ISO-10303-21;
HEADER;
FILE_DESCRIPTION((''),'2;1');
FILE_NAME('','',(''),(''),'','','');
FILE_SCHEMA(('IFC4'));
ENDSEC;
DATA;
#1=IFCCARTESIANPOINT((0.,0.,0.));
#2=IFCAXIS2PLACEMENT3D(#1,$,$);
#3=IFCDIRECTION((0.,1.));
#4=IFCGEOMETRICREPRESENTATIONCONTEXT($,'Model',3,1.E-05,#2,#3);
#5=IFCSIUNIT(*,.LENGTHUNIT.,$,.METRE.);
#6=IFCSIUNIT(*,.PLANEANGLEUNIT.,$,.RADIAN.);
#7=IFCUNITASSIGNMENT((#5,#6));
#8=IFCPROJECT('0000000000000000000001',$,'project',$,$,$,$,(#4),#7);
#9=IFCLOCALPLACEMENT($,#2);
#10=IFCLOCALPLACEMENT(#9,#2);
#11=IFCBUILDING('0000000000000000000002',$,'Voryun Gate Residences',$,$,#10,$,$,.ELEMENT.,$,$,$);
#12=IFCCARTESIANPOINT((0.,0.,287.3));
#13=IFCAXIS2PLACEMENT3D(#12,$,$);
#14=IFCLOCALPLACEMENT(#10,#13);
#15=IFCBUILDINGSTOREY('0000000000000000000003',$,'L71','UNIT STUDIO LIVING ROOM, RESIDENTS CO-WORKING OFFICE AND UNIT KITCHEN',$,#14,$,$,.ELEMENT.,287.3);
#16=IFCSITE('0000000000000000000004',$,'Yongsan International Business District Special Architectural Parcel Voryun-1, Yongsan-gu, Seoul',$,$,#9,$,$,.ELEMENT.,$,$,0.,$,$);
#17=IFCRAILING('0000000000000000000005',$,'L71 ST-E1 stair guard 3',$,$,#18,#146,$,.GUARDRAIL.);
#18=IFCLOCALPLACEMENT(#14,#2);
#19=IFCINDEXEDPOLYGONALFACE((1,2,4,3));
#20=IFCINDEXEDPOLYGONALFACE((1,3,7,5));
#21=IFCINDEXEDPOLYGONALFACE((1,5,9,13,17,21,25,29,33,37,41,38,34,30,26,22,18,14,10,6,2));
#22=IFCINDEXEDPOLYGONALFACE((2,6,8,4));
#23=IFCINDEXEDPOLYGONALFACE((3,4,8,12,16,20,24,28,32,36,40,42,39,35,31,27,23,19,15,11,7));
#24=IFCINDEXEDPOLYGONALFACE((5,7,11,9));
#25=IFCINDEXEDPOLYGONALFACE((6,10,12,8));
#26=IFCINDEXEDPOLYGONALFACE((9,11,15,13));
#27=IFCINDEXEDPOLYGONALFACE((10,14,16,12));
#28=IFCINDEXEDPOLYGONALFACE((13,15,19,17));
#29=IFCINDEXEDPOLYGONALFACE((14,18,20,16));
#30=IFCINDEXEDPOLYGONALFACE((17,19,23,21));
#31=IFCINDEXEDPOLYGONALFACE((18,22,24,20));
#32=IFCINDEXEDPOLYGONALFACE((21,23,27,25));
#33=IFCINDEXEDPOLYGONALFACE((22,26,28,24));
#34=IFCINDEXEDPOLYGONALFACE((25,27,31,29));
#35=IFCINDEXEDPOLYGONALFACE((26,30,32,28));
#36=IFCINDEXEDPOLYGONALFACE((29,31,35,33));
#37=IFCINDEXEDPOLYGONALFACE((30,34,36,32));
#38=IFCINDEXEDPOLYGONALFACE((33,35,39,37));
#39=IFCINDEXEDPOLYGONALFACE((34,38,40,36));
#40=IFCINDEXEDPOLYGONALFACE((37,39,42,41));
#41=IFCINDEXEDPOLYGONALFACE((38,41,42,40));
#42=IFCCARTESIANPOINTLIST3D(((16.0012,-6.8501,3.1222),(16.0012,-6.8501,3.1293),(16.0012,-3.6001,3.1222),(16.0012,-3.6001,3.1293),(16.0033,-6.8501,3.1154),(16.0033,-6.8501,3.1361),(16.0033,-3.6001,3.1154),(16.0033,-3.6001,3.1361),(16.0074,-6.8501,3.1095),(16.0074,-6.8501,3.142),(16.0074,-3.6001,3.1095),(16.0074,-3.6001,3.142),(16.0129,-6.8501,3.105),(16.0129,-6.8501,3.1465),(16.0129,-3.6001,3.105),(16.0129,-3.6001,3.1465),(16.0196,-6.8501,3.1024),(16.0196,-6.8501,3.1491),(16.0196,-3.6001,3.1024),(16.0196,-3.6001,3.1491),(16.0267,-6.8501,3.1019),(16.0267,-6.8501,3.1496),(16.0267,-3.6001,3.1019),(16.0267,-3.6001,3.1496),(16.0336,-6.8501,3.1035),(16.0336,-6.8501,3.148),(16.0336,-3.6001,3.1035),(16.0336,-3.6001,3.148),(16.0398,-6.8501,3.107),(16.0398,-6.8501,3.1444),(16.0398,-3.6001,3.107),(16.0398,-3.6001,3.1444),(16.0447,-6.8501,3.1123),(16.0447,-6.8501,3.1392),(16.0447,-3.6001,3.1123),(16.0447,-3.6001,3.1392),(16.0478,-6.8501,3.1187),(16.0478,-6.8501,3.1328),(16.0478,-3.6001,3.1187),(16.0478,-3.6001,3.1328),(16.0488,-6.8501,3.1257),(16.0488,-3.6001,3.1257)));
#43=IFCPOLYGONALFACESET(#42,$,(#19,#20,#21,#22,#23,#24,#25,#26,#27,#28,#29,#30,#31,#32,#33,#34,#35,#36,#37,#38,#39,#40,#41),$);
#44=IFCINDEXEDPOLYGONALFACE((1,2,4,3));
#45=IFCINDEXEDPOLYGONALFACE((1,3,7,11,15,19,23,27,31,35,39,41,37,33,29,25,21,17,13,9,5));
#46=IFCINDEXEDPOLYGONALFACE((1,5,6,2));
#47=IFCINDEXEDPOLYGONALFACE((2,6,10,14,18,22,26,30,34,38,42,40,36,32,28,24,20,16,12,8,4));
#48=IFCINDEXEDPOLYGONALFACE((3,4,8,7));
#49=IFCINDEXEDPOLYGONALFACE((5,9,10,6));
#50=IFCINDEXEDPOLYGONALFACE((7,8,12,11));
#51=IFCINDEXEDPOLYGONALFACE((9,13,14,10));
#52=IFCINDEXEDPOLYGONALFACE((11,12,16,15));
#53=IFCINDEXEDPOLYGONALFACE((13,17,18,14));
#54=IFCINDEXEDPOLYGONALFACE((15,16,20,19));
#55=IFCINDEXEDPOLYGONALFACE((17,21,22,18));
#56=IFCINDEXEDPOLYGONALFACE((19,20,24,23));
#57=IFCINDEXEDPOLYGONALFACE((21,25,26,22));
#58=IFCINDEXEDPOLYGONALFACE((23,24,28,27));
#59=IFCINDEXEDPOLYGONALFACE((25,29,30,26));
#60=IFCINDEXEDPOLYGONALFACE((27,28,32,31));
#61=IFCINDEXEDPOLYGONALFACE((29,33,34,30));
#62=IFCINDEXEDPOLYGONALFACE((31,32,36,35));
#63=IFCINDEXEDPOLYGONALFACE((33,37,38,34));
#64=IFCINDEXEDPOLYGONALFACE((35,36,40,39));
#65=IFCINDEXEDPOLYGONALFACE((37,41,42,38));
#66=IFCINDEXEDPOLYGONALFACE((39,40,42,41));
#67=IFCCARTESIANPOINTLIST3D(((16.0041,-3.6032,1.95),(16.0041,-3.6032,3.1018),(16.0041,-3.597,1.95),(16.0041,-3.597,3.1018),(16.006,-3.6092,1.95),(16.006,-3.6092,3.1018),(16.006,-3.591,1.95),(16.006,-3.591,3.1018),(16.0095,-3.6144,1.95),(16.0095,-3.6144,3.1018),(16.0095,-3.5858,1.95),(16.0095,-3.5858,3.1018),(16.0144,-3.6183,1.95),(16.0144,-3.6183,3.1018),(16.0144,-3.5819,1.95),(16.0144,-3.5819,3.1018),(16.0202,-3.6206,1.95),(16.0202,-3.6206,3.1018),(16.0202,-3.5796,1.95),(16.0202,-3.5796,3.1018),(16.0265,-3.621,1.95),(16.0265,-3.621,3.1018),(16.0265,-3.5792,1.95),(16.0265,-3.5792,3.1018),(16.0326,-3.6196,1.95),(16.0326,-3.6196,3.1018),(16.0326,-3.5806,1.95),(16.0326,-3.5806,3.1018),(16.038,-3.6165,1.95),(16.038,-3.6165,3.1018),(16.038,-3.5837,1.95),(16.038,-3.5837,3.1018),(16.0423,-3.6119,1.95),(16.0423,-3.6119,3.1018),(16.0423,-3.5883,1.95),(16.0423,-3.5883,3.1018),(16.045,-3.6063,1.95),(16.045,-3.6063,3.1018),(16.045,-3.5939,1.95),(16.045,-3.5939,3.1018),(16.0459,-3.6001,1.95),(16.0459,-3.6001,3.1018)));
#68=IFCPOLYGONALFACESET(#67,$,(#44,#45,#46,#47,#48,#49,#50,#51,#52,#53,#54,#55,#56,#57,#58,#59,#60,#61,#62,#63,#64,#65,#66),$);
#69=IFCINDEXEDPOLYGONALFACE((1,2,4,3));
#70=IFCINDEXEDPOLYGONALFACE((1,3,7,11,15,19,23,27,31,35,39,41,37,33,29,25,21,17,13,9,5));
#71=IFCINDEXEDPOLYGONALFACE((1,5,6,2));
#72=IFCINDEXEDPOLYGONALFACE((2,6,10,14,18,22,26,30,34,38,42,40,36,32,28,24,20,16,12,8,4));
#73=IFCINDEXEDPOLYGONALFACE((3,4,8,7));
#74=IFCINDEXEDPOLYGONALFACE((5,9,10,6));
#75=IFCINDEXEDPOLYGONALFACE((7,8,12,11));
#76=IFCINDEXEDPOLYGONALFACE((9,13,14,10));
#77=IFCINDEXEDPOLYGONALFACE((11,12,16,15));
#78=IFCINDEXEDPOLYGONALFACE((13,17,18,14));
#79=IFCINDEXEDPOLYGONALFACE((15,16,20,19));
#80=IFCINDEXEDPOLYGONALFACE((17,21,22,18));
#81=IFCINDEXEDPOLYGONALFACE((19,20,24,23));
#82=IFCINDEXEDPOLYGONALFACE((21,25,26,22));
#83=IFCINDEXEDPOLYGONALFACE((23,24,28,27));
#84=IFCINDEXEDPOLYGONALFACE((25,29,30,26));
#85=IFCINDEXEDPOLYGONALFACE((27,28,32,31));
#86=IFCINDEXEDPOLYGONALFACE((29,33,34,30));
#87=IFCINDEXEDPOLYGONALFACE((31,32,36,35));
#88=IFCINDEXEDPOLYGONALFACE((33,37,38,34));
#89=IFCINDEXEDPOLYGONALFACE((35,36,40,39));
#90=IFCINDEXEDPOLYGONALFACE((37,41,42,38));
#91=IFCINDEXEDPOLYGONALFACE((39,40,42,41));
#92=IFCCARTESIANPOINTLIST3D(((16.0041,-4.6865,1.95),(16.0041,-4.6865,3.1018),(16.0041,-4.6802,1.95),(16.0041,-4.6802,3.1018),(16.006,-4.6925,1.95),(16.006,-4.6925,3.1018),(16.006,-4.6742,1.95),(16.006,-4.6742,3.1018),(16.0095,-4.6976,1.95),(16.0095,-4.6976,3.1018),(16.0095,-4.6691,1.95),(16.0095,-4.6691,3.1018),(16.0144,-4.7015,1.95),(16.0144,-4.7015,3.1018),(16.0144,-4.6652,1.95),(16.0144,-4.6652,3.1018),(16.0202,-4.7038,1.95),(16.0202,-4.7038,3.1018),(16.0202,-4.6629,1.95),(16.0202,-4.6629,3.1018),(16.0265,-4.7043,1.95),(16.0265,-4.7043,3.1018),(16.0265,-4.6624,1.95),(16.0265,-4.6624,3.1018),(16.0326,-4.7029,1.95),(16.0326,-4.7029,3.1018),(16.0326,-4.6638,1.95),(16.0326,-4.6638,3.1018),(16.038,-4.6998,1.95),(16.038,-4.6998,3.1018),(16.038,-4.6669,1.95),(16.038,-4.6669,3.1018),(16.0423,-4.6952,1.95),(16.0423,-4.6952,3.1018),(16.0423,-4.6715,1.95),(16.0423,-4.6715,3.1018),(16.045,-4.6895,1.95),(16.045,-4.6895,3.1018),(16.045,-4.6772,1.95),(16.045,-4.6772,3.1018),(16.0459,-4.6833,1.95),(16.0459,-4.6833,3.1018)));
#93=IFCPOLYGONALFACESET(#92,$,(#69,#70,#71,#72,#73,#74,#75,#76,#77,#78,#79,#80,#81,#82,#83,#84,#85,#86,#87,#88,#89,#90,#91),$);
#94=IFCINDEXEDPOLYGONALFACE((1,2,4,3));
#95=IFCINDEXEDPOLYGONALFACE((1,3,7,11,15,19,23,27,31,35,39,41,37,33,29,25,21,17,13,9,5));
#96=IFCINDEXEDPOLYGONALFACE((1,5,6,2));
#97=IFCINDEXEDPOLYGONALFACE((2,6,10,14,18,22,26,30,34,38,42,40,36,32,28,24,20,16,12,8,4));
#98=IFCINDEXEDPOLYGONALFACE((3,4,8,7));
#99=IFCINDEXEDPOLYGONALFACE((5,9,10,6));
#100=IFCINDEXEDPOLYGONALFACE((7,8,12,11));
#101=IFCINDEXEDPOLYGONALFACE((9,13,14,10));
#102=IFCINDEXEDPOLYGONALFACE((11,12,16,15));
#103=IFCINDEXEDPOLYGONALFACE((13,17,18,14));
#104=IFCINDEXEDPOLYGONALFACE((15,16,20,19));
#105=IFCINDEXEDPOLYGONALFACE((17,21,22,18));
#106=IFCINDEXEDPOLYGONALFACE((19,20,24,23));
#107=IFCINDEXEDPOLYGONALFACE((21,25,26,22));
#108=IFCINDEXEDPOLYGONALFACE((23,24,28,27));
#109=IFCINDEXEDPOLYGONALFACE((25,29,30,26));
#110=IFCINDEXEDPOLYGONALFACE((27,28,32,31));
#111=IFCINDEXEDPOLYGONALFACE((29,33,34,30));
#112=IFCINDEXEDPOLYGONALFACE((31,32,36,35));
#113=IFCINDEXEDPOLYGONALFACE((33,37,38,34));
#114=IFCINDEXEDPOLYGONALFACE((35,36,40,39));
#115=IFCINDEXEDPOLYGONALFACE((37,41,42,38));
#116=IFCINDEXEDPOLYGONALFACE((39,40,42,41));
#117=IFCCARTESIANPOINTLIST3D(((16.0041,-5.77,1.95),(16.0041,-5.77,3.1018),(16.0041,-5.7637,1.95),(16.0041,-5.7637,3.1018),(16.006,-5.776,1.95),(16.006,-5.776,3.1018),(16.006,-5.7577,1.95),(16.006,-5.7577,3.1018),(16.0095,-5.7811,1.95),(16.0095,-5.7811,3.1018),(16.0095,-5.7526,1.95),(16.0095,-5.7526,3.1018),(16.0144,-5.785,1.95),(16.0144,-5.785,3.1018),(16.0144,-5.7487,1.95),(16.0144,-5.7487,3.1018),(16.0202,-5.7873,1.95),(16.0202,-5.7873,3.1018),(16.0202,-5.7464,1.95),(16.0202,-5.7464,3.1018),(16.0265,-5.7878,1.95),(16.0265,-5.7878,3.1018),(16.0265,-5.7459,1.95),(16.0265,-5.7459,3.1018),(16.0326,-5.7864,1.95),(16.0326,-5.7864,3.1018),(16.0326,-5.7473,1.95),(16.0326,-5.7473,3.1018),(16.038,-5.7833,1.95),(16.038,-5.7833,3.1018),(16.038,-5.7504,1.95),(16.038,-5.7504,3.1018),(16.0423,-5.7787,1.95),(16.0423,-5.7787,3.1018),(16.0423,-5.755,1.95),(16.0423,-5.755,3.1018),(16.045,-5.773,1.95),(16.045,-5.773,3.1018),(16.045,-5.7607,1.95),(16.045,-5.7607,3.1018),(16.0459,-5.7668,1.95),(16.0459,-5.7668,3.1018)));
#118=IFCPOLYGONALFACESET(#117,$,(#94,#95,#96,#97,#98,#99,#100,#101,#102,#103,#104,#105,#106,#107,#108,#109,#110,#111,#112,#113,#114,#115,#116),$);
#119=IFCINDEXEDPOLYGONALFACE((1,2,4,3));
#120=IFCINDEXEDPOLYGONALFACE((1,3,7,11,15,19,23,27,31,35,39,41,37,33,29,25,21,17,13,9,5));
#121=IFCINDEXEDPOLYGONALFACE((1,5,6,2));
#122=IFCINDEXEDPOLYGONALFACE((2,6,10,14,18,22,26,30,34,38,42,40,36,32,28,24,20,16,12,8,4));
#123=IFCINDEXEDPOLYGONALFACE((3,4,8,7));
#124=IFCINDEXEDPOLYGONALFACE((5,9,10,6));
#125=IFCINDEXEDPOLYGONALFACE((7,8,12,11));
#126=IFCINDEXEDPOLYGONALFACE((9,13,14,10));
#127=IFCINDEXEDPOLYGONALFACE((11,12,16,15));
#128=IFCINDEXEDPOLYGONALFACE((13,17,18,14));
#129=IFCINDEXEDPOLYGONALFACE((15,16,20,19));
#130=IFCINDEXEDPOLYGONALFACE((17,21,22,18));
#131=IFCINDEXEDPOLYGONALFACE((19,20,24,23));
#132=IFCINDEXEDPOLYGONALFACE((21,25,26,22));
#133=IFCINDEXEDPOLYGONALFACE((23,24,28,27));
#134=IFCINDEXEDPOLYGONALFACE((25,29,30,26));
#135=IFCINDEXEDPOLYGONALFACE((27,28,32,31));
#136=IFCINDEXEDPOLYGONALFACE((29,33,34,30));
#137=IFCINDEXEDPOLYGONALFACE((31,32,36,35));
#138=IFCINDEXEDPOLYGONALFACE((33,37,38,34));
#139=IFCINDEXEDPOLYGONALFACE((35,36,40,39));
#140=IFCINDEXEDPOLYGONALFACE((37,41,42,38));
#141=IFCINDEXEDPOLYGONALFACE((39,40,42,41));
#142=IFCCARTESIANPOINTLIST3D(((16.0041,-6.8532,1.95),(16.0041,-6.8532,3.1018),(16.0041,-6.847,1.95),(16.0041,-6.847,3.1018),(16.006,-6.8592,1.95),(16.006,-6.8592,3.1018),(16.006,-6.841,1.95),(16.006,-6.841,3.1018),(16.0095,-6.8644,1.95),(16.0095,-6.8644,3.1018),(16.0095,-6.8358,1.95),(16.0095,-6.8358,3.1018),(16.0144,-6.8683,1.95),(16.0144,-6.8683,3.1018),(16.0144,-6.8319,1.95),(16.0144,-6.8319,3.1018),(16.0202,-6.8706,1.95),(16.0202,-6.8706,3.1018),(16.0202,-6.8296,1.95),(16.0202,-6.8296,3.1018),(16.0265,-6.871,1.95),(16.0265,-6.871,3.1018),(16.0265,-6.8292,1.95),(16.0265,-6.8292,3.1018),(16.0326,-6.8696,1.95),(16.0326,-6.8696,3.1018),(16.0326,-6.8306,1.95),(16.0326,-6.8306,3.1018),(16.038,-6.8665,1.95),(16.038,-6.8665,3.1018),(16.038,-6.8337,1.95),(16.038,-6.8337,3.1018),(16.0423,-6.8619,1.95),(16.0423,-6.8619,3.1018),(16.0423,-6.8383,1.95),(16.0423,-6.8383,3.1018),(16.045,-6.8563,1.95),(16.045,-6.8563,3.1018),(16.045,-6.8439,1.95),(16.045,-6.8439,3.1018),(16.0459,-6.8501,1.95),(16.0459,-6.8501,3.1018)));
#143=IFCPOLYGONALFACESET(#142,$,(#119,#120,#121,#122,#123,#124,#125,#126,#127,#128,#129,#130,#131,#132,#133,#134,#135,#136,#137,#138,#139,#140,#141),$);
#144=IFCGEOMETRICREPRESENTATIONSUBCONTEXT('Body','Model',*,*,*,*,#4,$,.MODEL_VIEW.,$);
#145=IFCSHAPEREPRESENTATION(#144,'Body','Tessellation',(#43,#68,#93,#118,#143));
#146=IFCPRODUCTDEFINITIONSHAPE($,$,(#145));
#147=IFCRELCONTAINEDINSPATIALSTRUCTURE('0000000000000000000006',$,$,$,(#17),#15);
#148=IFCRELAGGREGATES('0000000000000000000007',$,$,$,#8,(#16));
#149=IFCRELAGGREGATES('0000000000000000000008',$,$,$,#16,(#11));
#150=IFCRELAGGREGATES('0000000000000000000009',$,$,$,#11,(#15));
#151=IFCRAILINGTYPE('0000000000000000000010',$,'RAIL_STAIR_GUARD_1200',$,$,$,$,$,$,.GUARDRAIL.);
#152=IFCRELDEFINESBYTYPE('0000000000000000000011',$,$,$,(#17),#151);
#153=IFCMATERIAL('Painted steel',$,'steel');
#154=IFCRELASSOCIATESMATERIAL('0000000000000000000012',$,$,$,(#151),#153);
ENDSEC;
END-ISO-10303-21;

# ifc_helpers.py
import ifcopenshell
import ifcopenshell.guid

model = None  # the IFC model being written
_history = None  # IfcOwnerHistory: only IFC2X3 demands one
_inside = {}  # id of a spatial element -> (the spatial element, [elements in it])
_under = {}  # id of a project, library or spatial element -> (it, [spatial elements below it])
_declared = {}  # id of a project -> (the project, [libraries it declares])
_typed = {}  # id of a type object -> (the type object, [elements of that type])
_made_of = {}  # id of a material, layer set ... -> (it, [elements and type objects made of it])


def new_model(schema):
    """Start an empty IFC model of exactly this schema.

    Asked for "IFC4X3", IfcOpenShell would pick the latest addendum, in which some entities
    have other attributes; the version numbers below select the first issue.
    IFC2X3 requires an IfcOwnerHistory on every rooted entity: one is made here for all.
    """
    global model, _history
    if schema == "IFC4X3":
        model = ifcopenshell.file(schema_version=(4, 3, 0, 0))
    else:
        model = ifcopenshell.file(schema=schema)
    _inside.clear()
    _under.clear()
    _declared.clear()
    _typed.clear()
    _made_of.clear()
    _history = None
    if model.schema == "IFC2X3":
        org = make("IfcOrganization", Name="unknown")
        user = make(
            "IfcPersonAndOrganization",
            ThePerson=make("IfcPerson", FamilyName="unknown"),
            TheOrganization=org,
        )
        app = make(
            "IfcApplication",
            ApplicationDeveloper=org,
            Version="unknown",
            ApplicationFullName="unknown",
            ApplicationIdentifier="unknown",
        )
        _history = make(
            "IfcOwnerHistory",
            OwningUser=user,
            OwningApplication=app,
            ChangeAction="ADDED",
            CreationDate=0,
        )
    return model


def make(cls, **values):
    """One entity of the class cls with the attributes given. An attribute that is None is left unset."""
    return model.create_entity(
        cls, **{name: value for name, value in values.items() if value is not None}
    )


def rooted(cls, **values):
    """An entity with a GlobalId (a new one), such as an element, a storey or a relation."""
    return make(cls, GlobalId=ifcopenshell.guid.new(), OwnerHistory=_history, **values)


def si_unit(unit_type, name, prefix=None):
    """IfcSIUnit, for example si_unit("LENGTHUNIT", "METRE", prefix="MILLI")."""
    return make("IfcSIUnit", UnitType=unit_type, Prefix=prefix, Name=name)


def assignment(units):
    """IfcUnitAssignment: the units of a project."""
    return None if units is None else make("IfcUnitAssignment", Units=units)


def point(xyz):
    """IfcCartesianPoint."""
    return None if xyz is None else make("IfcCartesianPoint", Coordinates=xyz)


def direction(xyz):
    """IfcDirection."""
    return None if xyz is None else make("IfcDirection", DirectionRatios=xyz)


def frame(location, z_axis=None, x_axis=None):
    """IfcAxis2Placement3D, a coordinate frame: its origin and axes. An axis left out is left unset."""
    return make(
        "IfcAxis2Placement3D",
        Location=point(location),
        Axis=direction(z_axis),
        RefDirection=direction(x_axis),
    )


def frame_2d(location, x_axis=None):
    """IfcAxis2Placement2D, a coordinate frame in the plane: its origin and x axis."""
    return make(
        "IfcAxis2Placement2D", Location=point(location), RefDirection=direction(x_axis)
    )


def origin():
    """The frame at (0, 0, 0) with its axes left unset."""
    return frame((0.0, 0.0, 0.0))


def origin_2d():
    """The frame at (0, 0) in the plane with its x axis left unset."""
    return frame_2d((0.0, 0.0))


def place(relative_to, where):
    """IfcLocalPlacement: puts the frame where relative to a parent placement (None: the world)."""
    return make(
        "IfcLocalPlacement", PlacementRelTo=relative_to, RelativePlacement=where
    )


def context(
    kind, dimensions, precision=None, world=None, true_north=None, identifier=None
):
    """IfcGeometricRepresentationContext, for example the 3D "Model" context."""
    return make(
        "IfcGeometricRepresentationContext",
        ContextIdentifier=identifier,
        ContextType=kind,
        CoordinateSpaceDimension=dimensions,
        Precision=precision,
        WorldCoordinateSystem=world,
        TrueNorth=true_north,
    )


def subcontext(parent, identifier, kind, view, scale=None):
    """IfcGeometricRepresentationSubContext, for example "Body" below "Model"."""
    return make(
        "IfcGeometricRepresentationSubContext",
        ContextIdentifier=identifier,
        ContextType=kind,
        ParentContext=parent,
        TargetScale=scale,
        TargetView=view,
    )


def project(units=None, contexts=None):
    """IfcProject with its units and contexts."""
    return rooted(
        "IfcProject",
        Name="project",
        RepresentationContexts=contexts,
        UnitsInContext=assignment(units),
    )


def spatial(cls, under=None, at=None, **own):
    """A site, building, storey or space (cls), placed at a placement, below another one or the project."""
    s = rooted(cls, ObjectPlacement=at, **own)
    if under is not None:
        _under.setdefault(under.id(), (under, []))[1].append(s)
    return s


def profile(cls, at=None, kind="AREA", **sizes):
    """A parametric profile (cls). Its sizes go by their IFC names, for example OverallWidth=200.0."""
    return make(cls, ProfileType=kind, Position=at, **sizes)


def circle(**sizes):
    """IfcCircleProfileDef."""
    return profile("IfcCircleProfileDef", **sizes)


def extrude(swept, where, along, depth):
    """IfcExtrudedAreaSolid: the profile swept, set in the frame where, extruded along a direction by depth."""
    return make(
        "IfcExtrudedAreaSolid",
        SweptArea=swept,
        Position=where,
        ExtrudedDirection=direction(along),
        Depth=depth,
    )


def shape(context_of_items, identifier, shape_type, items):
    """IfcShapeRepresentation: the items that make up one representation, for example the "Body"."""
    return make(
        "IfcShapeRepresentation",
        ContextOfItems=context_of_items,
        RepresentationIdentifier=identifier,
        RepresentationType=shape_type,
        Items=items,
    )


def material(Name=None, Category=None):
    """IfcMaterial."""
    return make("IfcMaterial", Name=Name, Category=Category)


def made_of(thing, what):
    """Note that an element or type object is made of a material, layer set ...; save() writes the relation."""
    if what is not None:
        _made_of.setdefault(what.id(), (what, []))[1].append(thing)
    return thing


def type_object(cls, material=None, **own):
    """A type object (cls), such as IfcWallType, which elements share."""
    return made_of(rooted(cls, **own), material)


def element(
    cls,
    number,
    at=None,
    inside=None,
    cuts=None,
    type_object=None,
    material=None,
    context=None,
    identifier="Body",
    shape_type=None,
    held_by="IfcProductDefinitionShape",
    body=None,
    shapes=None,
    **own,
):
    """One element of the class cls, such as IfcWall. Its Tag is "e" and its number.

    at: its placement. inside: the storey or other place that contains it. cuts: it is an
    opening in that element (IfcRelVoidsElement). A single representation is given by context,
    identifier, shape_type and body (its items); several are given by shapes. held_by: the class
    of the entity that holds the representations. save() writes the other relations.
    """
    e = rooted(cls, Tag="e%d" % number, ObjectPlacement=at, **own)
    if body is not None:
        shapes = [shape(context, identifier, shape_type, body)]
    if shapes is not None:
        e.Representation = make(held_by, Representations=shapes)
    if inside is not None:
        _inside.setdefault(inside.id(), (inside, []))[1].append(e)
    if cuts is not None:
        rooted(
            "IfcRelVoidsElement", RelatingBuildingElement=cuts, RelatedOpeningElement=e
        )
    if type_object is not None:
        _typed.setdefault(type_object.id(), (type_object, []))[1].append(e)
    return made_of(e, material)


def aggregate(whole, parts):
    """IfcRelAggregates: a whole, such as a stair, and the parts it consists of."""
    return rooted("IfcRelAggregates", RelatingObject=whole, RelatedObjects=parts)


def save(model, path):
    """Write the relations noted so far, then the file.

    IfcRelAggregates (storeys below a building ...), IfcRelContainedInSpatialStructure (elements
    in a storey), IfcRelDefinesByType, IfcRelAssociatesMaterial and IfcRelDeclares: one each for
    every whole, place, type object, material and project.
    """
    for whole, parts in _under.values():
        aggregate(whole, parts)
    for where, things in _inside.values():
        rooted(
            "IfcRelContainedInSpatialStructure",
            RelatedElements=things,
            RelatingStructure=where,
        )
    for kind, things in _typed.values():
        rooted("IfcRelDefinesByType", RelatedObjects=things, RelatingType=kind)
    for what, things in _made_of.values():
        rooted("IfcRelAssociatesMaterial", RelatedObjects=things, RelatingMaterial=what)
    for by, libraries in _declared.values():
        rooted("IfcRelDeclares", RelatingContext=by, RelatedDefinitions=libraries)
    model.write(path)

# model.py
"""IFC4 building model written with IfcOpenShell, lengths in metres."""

from ifc_helpers import new_model, si_unit, direction, frame, origin, origin_2d, place, context, subcontext, project, spatial, circle, extrude, material, type_object, element, save


model = new_model("IFC4")

# Units and contexts
model_context = context("Model", 3, precision=1e-05, world=origin(), true_north=direction((0.0, 1.0)))
body_context = subcontext(model_context, "Body", "Model", "MODEL_VIEW")
ifc_project = project(units=[si_unit("LENGTHUNIT", "METRE"), si_unit("PLANEANGLEUNIT", "RADIAN")], contexts=[model_context])

# Site, building, storey
site_placement = place(None, origin())
site = spatial("IfcSite", under=ifc_project, at=site_placement, Name="Yongsan International Business District Special Architectural Parcel Voryun-1, Yongsan-gu, Seoul", CompositionType="ELEMENT", RefElevation=0.0)
building_placement = place(site_placement, origin())
building = spatial("IfcBuilding", under=site, at=building_placement, Name="Voryun Gate Residences", CompositionType="ELEMENT")
storey_placement = place(building_placement, frame((0.0, 0.0, 287.3)))
storey = spatial("IfcBuildingStorey", under=building, at=storey_placement, Name="L71", Description="UNIT STUDIO LIVING ROOM, RESIDENTS CO-WORKING OFFICE AND UNIT KITCHEN", CompositionType="ELEMENT", Elevation=287.3)

# Railing
ifc_material_1 = material(Name="Painted steel", Category="steel")
railing_type_1 = type_object("IfcRailingType", Name="RAIL_STAIR_GUARD_1200", PredefinedType="GUARDRAIL", material=ifc_material_1)
for number, where, name in (
    (1, (16.0249, -3.6001, 1.95), "L71 ST-E1 stair guard 3"),
):
    element("IfcRailing", number, at=place(storey_placement, frame(where)), inside=storey, type_object=railing_type_1, Name=name, PredefinedType="GUARDRAIL", context=body_context, shape_type="SweptSolid", body=[
        extrude(circle(Radius=0.0239, at=origin_2d()), frame((0.0, 0.0, 1.1758), z_axis=(0.0, -1.0, 0.0), x_axis=(1.0, 0.0, 0.0)), (0.0, 0.0, 1.0), 3.25),
        extrude(circle(Radius=0.021, at=origin_2d()), origin(), (0.0, 0.0, 1.0), 1.1519),
        extrude(circle(Radius=0.021, at=origin_2d()), frame((0.0, -1.0833, 0.0)), (0.0, 0.0, 1.0), 1.1519),
        extrude(circle(Radius=0.021, at=origin_2d()), frame((0.0, -2.1667, 0.0)), (0.0, 0.0, 1.0), 1.1519),
        extrude(circle(Radius=0.021, at=origin_2d()), frame((0.0, -3.25, 0.0)), (0.0, 0.0, 1.0), 1.1519),
    ])

save(model, "model.ifc")
